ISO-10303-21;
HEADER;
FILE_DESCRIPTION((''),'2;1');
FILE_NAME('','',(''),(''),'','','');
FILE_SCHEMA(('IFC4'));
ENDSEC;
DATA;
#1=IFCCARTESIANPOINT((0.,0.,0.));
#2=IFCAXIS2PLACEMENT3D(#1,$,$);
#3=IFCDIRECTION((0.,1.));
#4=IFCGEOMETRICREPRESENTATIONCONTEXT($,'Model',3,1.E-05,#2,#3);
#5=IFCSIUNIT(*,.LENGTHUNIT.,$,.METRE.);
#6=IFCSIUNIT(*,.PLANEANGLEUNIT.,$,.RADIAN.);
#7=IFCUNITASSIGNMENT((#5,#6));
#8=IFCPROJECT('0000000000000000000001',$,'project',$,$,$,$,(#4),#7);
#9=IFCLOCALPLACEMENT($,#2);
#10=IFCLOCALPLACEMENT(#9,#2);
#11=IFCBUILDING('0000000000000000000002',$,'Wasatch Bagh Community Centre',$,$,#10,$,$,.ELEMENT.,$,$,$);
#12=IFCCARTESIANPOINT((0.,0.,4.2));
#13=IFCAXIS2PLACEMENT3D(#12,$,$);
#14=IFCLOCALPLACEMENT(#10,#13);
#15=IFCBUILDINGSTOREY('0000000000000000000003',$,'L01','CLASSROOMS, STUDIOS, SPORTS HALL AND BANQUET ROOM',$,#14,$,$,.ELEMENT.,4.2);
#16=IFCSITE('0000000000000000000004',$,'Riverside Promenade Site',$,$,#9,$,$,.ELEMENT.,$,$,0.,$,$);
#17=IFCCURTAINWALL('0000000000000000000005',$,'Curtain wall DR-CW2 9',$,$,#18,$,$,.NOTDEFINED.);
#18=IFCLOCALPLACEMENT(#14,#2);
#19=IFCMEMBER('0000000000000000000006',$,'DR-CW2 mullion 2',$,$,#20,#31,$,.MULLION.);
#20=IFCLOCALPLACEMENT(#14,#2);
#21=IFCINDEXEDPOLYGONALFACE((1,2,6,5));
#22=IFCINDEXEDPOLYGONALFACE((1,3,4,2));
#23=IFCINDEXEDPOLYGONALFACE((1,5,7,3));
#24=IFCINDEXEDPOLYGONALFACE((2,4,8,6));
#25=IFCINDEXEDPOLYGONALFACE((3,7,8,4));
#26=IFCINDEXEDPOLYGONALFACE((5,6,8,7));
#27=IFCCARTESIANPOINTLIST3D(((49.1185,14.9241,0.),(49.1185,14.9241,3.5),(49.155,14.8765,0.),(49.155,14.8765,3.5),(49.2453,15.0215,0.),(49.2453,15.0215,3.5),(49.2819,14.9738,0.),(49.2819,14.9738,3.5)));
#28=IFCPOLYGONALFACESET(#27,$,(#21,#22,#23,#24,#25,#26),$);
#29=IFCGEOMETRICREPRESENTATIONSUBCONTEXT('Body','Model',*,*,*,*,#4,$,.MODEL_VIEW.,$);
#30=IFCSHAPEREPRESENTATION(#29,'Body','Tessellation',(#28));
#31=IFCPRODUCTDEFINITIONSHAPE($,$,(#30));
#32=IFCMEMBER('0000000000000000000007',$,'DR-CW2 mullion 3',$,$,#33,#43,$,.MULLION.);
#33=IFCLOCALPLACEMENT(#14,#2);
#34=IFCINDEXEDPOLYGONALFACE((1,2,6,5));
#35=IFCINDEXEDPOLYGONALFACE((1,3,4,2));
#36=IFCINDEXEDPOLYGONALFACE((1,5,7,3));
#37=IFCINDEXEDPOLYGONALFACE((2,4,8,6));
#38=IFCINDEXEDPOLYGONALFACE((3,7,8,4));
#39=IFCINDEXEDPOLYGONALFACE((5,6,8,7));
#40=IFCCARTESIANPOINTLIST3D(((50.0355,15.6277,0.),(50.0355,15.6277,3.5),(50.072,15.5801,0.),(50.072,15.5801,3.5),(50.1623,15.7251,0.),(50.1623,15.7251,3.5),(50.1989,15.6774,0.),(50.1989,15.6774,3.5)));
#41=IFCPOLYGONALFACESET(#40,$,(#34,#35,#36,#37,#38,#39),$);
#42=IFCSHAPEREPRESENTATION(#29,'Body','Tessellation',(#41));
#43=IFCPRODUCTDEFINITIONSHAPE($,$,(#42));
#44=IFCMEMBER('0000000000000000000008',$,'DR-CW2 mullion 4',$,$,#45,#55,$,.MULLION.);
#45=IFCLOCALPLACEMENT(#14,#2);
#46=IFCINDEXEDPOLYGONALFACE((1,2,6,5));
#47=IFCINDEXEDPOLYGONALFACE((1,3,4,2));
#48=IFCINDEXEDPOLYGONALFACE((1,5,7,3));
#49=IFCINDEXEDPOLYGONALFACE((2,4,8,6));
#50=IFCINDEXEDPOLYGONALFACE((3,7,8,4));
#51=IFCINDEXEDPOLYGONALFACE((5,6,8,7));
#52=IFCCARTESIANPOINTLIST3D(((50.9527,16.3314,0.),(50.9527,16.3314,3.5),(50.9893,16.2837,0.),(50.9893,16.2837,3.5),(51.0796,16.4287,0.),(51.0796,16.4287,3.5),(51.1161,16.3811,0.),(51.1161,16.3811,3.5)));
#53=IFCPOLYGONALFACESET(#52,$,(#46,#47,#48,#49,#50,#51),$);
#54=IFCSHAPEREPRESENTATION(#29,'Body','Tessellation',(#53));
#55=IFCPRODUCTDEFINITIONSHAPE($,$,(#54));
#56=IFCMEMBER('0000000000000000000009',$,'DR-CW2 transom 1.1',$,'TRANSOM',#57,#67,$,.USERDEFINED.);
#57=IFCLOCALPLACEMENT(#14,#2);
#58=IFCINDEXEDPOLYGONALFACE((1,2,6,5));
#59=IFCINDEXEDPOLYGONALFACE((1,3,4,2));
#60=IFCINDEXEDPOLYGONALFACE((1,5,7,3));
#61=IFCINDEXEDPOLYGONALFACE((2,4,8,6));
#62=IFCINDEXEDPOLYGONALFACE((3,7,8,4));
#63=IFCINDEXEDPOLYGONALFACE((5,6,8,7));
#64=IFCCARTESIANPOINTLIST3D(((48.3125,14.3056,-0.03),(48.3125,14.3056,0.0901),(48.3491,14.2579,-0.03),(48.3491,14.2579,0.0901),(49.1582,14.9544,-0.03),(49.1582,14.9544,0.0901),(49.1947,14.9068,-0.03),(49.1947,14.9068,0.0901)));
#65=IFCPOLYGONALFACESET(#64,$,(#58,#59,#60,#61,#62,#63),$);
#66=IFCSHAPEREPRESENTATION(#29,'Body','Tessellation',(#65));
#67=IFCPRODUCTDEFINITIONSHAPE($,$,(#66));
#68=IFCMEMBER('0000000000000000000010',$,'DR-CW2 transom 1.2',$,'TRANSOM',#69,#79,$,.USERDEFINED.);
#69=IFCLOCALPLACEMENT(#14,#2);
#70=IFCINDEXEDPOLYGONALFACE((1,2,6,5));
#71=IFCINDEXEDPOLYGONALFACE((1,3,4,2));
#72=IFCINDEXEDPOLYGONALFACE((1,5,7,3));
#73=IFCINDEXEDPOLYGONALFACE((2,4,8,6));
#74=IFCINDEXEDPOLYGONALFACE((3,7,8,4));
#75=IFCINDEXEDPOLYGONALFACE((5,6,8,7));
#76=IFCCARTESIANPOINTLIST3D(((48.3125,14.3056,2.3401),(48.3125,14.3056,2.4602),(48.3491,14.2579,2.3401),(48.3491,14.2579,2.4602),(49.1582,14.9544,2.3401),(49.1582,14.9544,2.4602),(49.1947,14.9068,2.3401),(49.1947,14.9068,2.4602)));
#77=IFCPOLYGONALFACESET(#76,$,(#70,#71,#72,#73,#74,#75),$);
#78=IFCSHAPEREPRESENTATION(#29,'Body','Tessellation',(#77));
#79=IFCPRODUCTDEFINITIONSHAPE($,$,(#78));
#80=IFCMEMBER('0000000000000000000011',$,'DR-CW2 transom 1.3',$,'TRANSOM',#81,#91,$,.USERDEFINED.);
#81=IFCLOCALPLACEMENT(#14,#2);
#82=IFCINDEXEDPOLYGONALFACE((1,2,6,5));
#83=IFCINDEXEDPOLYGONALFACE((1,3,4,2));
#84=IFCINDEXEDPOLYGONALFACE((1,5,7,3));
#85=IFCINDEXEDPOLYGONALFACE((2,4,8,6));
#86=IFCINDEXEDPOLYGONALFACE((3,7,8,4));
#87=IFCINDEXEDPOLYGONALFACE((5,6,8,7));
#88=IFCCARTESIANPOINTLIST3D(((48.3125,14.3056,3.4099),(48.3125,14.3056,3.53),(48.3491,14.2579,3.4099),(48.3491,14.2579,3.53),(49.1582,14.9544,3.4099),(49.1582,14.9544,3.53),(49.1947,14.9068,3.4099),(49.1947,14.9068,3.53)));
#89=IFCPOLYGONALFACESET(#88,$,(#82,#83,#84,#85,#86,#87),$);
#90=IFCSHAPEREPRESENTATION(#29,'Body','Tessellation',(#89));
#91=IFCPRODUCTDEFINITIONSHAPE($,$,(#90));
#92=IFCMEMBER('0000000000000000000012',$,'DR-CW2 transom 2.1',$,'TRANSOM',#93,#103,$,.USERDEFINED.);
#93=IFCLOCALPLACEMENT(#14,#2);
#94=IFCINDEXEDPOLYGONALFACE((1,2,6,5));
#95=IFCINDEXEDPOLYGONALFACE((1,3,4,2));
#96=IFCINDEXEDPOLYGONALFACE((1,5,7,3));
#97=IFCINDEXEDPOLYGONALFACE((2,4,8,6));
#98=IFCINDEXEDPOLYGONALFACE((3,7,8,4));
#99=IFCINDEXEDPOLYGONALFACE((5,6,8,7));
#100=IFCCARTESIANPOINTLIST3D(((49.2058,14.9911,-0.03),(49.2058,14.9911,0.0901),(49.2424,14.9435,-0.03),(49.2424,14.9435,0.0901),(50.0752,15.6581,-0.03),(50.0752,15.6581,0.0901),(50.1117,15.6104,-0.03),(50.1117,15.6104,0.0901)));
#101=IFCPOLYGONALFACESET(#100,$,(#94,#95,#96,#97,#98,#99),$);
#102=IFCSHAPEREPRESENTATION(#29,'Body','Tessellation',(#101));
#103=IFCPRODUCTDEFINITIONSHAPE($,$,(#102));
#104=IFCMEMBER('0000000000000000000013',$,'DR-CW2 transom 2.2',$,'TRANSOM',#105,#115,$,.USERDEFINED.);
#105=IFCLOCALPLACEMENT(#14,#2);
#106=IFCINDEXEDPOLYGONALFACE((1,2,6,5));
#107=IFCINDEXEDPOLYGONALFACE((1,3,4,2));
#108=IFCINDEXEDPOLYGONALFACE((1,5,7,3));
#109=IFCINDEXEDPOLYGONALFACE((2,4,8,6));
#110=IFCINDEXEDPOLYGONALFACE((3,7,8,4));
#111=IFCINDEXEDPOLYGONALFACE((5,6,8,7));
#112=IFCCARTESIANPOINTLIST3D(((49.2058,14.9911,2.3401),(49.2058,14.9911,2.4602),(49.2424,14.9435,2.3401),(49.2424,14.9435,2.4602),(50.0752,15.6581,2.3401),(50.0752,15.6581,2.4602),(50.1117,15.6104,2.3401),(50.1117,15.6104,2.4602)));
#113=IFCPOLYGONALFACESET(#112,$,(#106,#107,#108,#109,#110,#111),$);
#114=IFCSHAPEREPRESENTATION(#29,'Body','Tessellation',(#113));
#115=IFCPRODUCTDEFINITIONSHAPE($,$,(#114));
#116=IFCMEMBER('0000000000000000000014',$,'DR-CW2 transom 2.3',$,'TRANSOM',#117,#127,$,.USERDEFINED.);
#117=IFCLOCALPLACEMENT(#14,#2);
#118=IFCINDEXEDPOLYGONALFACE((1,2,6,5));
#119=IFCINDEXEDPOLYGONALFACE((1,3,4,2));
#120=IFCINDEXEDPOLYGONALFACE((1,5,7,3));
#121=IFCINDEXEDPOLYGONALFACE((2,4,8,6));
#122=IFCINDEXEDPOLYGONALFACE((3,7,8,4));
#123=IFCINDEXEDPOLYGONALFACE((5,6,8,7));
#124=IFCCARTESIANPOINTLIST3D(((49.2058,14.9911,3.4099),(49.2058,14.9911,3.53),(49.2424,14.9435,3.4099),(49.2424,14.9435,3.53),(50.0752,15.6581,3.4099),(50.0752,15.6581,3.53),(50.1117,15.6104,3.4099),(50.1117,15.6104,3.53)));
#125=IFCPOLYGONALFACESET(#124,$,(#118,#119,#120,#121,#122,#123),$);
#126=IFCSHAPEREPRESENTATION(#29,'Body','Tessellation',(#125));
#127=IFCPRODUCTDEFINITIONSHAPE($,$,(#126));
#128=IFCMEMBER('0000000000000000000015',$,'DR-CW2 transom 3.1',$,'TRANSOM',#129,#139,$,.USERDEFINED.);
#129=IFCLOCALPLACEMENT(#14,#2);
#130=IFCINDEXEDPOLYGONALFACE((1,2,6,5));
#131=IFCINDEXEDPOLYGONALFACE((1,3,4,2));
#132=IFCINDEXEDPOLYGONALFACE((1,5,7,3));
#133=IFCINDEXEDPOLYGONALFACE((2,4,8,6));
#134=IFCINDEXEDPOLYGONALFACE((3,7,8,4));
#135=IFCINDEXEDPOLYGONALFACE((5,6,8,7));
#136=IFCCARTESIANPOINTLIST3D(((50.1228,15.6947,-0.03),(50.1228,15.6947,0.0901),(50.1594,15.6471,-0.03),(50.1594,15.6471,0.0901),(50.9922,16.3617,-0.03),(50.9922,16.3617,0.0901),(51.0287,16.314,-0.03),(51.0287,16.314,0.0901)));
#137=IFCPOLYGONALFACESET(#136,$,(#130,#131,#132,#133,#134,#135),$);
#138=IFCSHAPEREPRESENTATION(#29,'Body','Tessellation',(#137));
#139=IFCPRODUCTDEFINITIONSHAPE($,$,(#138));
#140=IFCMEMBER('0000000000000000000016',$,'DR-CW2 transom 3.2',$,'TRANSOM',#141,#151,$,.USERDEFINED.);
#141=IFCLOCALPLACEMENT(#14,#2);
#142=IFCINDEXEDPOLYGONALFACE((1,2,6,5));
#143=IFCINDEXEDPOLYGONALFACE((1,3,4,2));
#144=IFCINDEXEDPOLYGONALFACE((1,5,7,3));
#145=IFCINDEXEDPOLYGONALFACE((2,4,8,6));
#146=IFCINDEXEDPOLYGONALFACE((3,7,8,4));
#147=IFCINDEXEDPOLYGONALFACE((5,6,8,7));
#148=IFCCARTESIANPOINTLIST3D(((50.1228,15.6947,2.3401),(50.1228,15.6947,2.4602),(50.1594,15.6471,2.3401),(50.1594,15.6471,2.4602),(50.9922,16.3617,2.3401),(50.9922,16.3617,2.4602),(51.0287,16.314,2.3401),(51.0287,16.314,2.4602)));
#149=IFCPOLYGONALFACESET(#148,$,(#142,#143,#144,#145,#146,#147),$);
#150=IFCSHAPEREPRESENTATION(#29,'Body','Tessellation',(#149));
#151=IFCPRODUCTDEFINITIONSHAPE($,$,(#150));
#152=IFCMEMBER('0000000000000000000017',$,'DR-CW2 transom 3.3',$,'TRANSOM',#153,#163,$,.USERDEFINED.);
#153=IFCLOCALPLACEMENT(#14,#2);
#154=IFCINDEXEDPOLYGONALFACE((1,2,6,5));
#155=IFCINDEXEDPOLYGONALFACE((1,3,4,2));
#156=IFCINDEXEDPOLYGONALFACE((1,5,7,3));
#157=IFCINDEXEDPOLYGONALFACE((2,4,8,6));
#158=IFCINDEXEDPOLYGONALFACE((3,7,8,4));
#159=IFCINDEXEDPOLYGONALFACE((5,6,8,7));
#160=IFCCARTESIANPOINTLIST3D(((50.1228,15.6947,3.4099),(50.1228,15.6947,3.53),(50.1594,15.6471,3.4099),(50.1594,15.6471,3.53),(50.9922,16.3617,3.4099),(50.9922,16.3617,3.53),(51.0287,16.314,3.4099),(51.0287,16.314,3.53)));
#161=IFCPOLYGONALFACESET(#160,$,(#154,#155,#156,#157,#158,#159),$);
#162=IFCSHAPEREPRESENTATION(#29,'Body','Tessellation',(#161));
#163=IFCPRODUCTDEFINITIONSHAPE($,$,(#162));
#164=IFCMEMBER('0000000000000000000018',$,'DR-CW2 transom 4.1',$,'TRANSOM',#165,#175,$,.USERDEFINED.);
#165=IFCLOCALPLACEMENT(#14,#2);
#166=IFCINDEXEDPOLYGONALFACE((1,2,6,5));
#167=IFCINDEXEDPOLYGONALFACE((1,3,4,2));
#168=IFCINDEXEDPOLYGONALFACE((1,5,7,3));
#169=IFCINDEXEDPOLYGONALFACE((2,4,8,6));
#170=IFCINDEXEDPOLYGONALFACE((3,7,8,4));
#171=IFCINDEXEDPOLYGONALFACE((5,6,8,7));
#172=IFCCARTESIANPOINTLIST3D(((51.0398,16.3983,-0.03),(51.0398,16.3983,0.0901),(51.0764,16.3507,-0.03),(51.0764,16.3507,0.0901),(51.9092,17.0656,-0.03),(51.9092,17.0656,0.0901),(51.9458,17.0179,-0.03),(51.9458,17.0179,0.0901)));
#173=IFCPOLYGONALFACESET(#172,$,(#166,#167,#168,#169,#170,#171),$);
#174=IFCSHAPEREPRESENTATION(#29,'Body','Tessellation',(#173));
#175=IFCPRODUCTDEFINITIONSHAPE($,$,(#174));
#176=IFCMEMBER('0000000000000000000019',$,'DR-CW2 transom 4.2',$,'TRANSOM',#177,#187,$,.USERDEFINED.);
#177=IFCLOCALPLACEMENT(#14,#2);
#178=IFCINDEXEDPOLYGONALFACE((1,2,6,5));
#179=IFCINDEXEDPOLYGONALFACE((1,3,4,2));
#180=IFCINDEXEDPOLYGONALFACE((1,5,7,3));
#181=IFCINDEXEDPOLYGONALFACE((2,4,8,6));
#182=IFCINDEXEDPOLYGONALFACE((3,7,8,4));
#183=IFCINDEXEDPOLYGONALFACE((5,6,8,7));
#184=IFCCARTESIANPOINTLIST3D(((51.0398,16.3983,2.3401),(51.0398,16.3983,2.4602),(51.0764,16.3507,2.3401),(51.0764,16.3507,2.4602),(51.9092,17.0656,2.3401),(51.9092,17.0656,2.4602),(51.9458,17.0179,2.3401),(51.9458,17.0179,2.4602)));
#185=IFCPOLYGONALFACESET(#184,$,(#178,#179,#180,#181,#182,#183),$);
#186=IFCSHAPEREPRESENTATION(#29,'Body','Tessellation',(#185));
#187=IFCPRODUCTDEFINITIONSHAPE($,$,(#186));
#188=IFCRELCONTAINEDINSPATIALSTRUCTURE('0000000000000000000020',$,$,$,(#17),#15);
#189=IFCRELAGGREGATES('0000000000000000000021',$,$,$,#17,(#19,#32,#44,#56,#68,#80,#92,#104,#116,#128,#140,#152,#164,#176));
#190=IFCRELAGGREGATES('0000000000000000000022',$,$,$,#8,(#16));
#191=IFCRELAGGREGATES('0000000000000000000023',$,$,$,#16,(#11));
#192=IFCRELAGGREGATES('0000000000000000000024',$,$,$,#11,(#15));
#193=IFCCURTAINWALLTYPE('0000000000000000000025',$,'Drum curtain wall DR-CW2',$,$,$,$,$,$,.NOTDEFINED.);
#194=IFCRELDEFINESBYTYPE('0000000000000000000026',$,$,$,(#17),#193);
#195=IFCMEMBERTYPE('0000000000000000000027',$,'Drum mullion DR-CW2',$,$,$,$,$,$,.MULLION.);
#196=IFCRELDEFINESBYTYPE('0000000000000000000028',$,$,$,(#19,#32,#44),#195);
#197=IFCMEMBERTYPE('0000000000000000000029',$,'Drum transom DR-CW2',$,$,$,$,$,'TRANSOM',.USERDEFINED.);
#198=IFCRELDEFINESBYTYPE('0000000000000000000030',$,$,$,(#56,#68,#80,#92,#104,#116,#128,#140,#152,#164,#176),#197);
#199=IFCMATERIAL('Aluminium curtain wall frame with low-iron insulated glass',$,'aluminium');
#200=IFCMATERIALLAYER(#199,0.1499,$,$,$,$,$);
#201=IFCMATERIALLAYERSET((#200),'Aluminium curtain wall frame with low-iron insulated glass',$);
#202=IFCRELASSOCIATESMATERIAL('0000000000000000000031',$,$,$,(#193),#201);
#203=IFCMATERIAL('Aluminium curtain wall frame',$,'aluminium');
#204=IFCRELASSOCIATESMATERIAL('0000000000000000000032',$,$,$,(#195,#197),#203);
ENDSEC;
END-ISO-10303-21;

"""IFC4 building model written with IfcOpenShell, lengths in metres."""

from ifc_helpers import new_model, si_unit, direction, frame, origin, origin_2d, place, context, subcontext, project, spatial, rectangle, extrude, material, layer, layer_set, material_profile, profile_set, type_object, element, aggregate, save


model = new_model("IFC4")

# Units and contexts
model_context = context("Model", 3, precision=1e-05, world=origin(), true_north=direction((0.0, 1.0)))
body_context = subcontext(model_context, "Body", "Model", "MODEL_VIEW")
ifc_project = project(units=[si_unit("LENGTHUNIT", "METRE"), si_unit("PLANEANGLEUNIT", "RADIAN")], contexts=[model_context])

# Site, building, storey
site_placement = place(None, origin())
site = spatial("IfcSite", under=ifc_project, at=site_placement, Name="Riverside Promenade Site", CompositionType="ELEMENT", RefElevation=0.0)
building_placement = place(site_placement, origin())
building = spatial("IfcBuilding", under=site, at=building_placement, Name="Wasatch Bagh Community Centre", CompositionType="ELEMENT")
storey_placement = place(building_placement, frame((0.0, 0.0, 4.2)))
storey = spatial("IfcBuildingStorey", under=building, at=storey_placement, Name="L01", Description="CLASSROOMS, STUDIOS, SPORTS HALL AND BANQUET ROOM", CompositionType="ELEMENT", Elevation=4.2)

# Curtain wall, members
ifc_material_1 = material(Name="Aluminium curtain wall frame with low-iron insulated glass", Category="aluminium")
ifc_layer_1 = layer(ifc_material_1, 0.1499)
ifc_layer_set_1 = layer_set([ifc_layer_1], Name="Aluminium curtain wall frame with low-iron insulated glass")
curtain_wall_type = type_object("IfcCurtainWallType", Name="Drum curtain wall DR-CW2", PredefinedType="NOTDEFINED", material=ifc_layer_set_1)
curtain_wall_placement = place(storey_placement, origin())
curtain_wall = element("IfcCurtainWall", 1, at=curtain_wall_placement, inside=storey, type_object=curtain_wall_type, Name="Curtain wall DR-CW2 9", PredefinedType="NOTDEFINED")
ifc_material_2 = material(Name="Aluminium curtain wall frame", Category="aluminium")
ifc_material_profile_1 = material_profile(ifc_material_2, rectangle(XDim=0.0601, YDim=0.1599, at=origin_2d()), Name="Drum mullion DR-CW2")
ifc_profile_set_1 = profile_set([ifc_material_profile_1], Name="Aluminium curtain wall frame")
member_type_1 = type_object("IfcMemberType", Name="Drum mullion DR-CW2", PredefinedType="MULLION", material=ifc_profile_set_1)
member_1_placement = place(storey_placement, frame((49.2002, 14.949, 0.0), z_axis=(0.0, 0.0, 1.0), x_axis=(-0.608761, 0.793353, 0.0)))
member_1 = element("IfcMember", 2, at=member_1_placement, type_object=member_type_1, Name="DR-CW2 mullion 2", PredefinedType="MULLION", context=body_context, shape_type="SweptSolid", body=[
    extrude(rectangle(XDim=0.0601, YDim=0.1599, at=origin_2d()), origin(), (0.0, 0.0, 1.0), 3.5),
])
member_2_placement = place(storey_placement, frame((50.1172, 15.6526, 0.0), z_axis=(0.0, 0.0, 1.0), x_axis=(-0.608761, 0.793353, 0.0)))
member_2 = element("IfcMember", 3, at=member_2_placement, type_object=member_type_1, Name="DR-CW2 mullion 3", PredefinedType="MULLION", context=body_context, shape_type="SweptSolid", body=[
    extrude(rectangle(XDim=0.0601, YDim=0.1599, at=origin_2d()), origin(), (0.0, 0.0, 1.0), 3.5),
])
member_3_placement = place(storey_placement, frame((51.0344, 16.3562, 0.0), z_axis=(0.0, 0.0, 1.0), x_axis=(-0.608761, 0.793353, 0.0)))
member_3 = element("IfcMember", 4, at=member_3_placement, type_object=member_type_1, Name="DR-CW2 mullion 4", PredefinedType="MULLION", context=body_context, shape_type="SweptSolid", body=[
    extrude(rectangle(XDim=0.0601, YDim=0.1599, at=origin_2d()), origin(), (0.0, 0.0, 1.0), 3.5),
])
ifc_material_profile_2 = material_profile(ifc_material_2, rectangle(XDim=0.0601, YDim=0.1201, at=origin_2d()), Name="Drum transom DR-CW2")
ifc_profile_set_2 = profile_set([ifc_material_profile_2], Name="Aluminium curtain wall frame")
member_type_2 = type_object("IfcMemberType", Name="Drum transom DR-CW2", ElementType="TRANSOM", PredefinedType="USERDEFINED", material=ifc_profile_set_2)
member_4_placement = place(storey_placement, frame((48.3308, 14.2817, 0.03), z_axis=(0.793356, 0.608758, 0.0), x_axis=(-0.608758, 0.793356, 0.0)))
member_4 = element("IfcMember", 5, at=member_4_placement, type_object=member_type_2, Name="DR-CW2 transom 1.1", ObjectType="TRANSOM", PredefinedType="USERDEFINED", context=body_context, shape_type="SweptSolid", body=[
    extrude(rectangle(XDim=0.0601, YDim=0.1201, at=origin_2d()), origin(), (0.0, 0.0, 1.0), 1.0659),
])
member_5_placement = place(storey_placement, frame((48.3308, 14.2817, 2.4001), z_axis=(0.793356, 0.608758, 0.0), x_axis=(-0.608758, 0.793356, 0.0)))
member_5 = element("IfcMember", 6, at=member_5_placement, type_object=member_type_2, Name="DR-CW2 transom 1.2", ObjectType="TRANSOM", PredefinedType="USERDEFINED", context=body_context, shape_type="SweptSolid", body=[
    extrude(rectangle(XDim=0.0601, YDim=0.1201, at=origin_2d()), origin(), (0.0, 0.0, 1.0), 1.0659),
])
member_6_placement = place(storey_placement, frame((48.3308, 14.2817, 3.47), z_axis=(0.793356, 0.608758, 0.0), x_axis=(-0.608758, 0.793356, 0.0)))
member_6 = element("IfcMember", 7, at=member_6_placement, type_object=member_type_2, Name="DR-CW2 transom 1.3", ObjectType="TRANSOM", PredefinedType="USERDEFINED", context=body_context, shape_type="SweptSolid", body=[
    extrude(rectangle(XDim=0.0601, YDim=0.1201, at=origin_2d()), origin(), (0.0, 0.0, 1.0), 1.0659),
])
member_7_placement = place(storey_placement, frame((49.2241, 14.9673, 0.03), z_axis=(0.793402, 0.608698, 0.0), x_axis=(-0.608698, 0.793402, 0.0)))
member_7 = element("IfcMember", 8, at=member_7_placement, type_object=member_type_2, Name="DR-CW2 transom 2.1", ObjectType="TRANSOM", PredefinedType="USERDEFINED", context=body_context, shape_type="SweptSolid", body=[
    extrude(rectangle(XDim=0.0601, YDim=0.1201, at=origin_2d()), origin(), (0.0, 0.0, 1.0), 1.0957),
])
member_8_placement = place(storey_placement, frame((49.2241, 14.9673, 2.4001), z_axis=(0.793402, 0.608698, 0.0), x_axis=(-0.608698, 0.793402, 0.0)))
member_8 = element("IfcMember", 9, at=member_8_placement, type_object=member_type_2, Name="DR-CW2 transom 2.2", ObjectType="TRANSOM", PredefinedType="USERDEFINED", context=body_context, shape_type="SweptSolid", body=[
    extrude(rectangle(XDim=0.0601, YDim=0.1201, at=origin_2d()), origin(), (0.0, 0.0, 1.0), 1.0957),
])
member_9_placement = place(storey_placement, frame((49.2241, 14.9673, 3.47), z_axis=(0.793402, 0.608698, 0.0), x_axis=(-0.608698, 0.793402, 0.0)))
member_9 = element("IfcMember", 10, at=member_9_placement, type_object=member_type_2, Name="DR-CW2 transom 2.3", ObjectType="TRANSOM", PredefinedType="USERDEFINED", context=body_context, shape_type="SweptSolid", body=[
    extrude(rectangle(XDim=0.0601, YDim=0.1201, at=origin_2d()), origin(), (0.0, 0.0, 1.0), 1.0957),
])
member_10_placement = place(storey_placement, frame((50.1411, 15.6709, 0.03), z_axis=(0.793402, 0.608698, 0.0), x_axis=(-0.608698, 0.793402, 0.0)))
member_10 = element("IfcMember", 11, at=member_10_placement, type_object=member_type_2, Name="DR-CW2 transom 3.1", ObjectType="TRANSOM", PredefinedType="USERDEFINED", context=body_context, shape_type="SweptSolid", body=[
    extrude(rectangle(XDim=0.0601, YDim=0.1201, at=origin_2d()), origin(), (0.0, 0.0, 1.0), 1.0957),
])
member_11_placement = place(storey_placement, frame((50.1411, 15.6709, 2.4001), z_axis=(0.793402, 0.608698, 0.0), x_axis=(-0.608698, 0.793402, 0.0)))
member_11 = element("IfcMember", 12, at=member_11_placement, type_object=member_type_2, Name="DR-CW2 transom 3.2", ObjectType="TRANSOM", PredefinedType="USERDEFINED", context=body_context, shape_type="SweptSolid", body=[
    extrude(rectangle(XDim=0.0601, YDim=0.1201, at=origin_2d()), origin(), (0.0, 0.0, 1.0), 1.0957),
])
member_12_placement = place(storey_placement, frame((50.1411, 15.6709, 3.47), z_axis=(0.793402, 0.608698, 0.0), x_axis=(-0.608698, 0.793402, 0.0)))
member_12 = element("IfcMember", 13, at=member_12_placement, type_object=member_type_2, Name="DR-CW2 transom 3.3", ObjectType="TRANSOM", PredefinedType="USERDEFINED", context=body_context, shape_type="SweptSolid", body=[
    extrude(rectangle(XDim=0.0601, YDim=0.1201, at=origin_2d()), origin(), (0.0, 0.0, 1.0), 1.0957),
])
member_13_placement = place(storey_placement, frame((51.0581, 16.3745, 0.03), z_axis=(0.793294, 0.608838, 0.0), x_axis=(-0.608838, 0.793294, 0.0)))
member_13 = element("IfcMember", 14, at=member_13_placement, type_object=member_type_2, Name="DR-CW2 transom 4.1", ObjectType="TRANSOM", PredefinedType="USERDEFINED", context=body_context, shape_type="SweptSolid", body=[
    extrude(rectangle(XDim=0.0601, YDim=0.1201, at=origin_2d()), origin(), (0.0, 0.0, 1.0), 1.0959),
])
member_14_placement = place(storey_placement, frame((51.0581, 16.3745, 2.4001), z_axis=(0.793294, 0.608838, 0.0), x_axis=(-0.608838, 0.793294, 0.0)))
member_14 = element("IfcMember", 15, at=member_14_placement, type_object=member_type_2, Name="DR-CW2 transom 4.2", ObjectType="TRANSOM", PredefinedType="USERDEFINED", context=body_context, shape_type="SweptSolid", body=[
    extrude(rectangle(XDim=0.0601, YDim=0.1201, at=origin_2d()), origin(), (0.0, 0.0, 1.0), 1.0959),
])
aggregate(curtain_wall, [member_1, member_2, member_3, member_4, member_5, member_6, member_7, member_8, member_9, member_10, member_11, member_12, member_13, member_14])

save(model, "model.ifc")
